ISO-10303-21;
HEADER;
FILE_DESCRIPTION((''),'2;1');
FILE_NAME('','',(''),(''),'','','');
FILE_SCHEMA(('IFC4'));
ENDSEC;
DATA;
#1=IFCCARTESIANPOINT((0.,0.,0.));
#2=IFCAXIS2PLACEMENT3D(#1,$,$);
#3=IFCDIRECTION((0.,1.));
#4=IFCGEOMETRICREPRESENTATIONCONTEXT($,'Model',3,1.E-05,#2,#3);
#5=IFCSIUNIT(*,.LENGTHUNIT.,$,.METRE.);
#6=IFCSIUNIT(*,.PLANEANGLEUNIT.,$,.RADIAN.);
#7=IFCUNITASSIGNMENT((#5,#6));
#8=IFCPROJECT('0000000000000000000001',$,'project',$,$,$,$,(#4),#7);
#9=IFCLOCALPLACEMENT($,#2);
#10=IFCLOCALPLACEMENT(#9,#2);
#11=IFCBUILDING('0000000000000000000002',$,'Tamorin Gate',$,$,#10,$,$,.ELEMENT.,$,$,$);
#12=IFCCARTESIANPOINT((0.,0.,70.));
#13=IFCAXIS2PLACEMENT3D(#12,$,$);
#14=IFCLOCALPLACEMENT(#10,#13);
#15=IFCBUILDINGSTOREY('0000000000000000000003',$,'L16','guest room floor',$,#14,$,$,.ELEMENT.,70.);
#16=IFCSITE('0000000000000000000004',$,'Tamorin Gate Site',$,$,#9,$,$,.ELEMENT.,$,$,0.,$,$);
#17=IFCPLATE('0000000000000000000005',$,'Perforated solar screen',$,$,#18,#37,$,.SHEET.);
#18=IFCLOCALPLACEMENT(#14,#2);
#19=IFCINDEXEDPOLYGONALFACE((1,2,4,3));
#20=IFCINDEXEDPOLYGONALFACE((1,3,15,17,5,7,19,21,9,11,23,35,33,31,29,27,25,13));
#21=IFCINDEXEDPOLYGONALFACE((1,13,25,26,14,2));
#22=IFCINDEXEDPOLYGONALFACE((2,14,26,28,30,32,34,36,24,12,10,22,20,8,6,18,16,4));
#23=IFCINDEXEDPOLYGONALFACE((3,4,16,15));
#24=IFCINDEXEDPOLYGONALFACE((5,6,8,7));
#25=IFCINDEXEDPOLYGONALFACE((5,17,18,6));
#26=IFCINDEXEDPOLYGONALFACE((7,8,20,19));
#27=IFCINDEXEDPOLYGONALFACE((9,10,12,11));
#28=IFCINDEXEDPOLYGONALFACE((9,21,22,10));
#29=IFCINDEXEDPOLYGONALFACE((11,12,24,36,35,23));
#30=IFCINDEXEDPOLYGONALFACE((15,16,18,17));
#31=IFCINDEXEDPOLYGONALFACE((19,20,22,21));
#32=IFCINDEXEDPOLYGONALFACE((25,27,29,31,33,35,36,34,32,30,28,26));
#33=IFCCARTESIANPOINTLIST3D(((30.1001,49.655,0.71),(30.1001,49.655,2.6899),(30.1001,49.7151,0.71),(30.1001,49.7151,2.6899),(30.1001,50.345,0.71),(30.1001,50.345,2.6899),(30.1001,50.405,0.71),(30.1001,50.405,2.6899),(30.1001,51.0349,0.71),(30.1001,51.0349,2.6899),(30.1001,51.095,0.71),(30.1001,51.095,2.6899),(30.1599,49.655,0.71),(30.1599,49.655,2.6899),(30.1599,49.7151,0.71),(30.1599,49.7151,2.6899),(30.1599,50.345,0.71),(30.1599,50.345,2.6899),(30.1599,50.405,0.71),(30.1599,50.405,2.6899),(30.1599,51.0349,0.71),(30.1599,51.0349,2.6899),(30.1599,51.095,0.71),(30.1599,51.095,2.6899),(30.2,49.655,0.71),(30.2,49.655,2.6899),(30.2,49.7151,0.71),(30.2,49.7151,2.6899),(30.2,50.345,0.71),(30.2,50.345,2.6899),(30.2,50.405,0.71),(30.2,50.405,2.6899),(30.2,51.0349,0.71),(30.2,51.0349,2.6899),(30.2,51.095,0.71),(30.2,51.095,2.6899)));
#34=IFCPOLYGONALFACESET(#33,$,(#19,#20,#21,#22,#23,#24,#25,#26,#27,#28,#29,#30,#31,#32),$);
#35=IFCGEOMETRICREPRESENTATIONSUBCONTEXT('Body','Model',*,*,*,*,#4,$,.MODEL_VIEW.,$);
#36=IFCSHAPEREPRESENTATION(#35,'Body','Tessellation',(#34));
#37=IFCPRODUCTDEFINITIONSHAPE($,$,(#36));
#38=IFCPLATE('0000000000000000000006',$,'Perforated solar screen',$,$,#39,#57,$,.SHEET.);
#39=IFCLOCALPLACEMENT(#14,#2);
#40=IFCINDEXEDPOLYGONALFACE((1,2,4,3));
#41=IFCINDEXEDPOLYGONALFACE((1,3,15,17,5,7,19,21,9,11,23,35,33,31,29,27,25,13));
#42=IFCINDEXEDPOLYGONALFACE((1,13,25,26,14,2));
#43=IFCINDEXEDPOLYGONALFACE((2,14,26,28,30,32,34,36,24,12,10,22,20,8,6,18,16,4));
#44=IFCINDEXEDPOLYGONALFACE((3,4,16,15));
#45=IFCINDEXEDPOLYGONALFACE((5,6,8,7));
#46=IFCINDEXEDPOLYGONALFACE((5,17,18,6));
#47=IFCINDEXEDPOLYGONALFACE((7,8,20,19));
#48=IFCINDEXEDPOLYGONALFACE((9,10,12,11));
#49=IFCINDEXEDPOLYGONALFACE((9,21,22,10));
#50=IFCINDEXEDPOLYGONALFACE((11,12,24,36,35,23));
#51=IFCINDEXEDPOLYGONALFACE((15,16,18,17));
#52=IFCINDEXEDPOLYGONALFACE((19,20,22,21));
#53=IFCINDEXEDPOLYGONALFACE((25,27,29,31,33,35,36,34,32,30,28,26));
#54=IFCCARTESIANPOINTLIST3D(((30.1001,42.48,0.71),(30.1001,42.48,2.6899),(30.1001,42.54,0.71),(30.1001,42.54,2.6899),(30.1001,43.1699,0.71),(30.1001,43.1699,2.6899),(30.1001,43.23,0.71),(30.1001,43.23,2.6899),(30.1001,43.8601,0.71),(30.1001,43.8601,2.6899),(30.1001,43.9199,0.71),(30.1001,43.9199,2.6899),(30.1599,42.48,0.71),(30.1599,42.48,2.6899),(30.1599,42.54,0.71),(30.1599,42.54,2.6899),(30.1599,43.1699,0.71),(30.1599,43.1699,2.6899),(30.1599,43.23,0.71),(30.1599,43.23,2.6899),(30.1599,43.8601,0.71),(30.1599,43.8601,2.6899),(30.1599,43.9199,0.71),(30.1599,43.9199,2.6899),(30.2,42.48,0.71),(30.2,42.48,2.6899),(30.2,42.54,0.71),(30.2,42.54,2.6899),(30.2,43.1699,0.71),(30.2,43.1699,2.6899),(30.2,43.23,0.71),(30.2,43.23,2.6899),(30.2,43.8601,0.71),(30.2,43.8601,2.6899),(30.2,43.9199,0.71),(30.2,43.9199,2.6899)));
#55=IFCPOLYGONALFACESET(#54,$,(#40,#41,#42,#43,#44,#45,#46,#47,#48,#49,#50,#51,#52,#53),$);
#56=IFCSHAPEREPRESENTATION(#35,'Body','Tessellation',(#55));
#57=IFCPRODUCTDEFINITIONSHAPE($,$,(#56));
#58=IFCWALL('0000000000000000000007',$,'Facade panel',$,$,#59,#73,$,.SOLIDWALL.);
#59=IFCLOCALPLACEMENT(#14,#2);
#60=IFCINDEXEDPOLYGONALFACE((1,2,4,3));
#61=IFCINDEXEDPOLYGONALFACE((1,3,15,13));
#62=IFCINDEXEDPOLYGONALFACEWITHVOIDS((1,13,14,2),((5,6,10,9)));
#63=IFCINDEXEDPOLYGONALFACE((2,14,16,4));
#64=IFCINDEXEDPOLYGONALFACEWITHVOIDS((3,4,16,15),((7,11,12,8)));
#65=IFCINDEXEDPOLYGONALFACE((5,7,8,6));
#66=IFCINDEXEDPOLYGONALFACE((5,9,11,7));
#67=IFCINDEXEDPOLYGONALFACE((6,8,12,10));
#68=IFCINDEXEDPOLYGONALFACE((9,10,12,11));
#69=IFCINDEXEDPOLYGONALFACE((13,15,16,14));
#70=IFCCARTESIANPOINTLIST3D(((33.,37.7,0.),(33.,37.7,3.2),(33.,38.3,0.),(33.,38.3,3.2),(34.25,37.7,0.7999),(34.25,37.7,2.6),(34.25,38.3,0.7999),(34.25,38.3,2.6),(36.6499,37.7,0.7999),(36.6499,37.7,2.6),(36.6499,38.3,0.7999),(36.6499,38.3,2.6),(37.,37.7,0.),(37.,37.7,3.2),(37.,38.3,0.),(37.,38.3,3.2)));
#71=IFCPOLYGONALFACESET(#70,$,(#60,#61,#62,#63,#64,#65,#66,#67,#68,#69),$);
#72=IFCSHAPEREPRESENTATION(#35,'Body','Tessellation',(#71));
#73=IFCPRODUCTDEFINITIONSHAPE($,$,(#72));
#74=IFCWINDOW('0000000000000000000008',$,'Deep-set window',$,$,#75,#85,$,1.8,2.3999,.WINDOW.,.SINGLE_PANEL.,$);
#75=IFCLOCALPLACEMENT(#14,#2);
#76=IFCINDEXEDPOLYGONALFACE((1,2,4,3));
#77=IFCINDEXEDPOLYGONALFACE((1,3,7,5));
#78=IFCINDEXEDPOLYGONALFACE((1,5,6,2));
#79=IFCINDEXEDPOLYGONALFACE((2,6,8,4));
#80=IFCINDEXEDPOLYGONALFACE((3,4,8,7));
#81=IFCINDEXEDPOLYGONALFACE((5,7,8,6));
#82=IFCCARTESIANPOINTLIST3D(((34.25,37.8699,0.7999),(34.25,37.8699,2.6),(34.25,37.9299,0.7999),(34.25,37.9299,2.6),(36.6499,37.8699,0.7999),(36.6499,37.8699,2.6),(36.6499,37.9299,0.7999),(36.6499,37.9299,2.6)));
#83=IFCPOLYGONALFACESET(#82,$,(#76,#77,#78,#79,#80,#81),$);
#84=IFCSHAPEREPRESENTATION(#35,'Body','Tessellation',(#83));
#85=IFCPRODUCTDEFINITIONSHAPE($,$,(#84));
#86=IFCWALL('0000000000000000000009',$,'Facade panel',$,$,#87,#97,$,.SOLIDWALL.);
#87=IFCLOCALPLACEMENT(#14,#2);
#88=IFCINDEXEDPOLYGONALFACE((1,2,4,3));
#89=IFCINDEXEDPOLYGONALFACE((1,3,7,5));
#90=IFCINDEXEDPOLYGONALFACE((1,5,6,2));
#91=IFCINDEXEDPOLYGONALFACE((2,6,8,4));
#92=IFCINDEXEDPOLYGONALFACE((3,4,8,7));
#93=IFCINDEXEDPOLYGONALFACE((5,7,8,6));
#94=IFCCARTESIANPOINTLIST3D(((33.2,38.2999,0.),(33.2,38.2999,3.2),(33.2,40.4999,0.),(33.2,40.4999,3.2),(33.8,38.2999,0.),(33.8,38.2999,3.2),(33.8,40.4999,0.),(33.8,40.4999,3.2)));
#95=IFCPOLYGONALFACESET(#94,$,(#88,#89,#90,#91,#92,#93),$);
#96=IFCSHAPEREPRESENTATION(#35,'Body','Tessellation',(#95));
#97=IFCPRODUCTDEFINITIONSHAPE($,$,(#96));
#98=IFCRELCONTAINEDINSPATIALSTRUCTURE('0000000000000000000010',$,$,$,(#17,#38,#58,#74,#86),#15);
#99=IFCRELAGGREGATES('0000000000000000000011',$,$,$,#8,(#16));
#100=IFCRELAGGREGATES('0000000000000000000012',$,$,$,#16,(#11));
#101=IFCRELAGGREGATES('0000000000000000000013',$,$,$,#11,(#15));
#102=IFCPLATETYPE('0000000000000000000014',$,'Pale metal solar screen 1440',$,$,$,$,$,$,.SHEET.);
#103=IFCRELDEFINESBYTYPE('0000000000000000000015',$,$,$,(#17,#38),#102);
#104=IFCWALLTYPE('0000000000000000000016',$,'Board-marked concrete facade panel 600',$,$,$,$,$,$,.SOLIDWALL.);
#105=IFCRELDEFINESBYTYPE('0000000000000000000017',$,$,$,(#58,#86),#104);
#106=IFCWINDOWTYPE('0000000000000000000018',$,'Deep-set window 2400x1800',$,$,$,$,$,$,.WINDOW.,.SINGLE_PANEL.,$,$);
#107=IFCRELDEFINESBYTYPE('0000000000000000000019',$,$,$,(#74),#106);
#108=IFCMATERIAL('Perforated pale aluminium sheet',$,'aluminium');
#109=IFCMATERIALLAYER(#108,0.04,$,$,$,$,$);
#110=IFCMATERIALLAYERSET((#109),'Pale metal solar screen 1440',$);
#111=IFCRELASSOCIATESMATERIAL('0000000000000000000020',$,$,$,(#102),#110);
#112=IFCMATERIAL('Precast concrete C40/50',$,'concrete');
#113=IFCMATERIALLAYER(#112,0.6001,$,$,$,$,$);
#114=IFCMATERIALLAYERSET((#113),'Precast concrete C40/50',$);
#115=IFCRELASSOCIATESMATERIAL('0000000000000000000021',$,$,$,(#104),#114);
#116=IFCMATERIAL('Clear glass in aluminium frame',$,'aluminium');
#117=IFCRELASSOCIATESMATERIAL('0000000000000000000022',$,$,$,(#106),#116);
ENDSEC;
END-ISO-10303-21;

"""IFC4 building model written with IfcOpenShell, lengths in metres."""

from ifc_helpers import new_model, si_unit, direction, frame, frame_2d, origin, place, context, subcontext, project, spatial, polyline, rectangle, outline, extrude, material, layer, layer_set, type_object, element, fill, save


model = new_model("IFC4")

# Units and contexts
model_context = context("Model", 3, precision=1e-05, world=origin(), true_north=direction((0.0, 1.0)))
body_context = subcontext(model_context, "Body", "Model", "MODEL_VIEW")
ifc_project = project(units=[si_unit("LENGTHUNIT", "METRE"), si_unit("PLANEANGLEUNIT", "RADIAN")], contexts=[model_context])

# Site, building, storey
site_placement = place(None, origin())
site = spatial("IfcSite", under=ifc_project, at=site_placement, Name="Tamorin Gate Site", CompositionType="ELEMENT", RefElevation=0.0)
building_placement = place(site_placement, origin())
building = spatial("IfcBuilding", under=site, at=building_placement, Name="Tamorin Gate", CompositionType="ELEMENT")
storey_placement = place(building_placement, frame((0.0, 0.0, 70.0)))
storey = spatial("IfcBuildingStorey", under=building, at=storey_placement, Name="L16", Description="guest room floor", CompositionType="ELEMENT", Elevation=70.0)

# Plates
ifc_material_1 = material(Name="Perforated pale aluminium sheet", Category="aluminium")
ifc_layer_1 = layer(ifc_material_1, 0.04)
ifc_layer_set_1 = layer_set([ifc_layer_1], Name="Pale metal solar screen 1440")
plate_type = type_object("IfcPlateType", Name="Pale metal solar screen 1440", PredefinedType="SHEET", material=ifc_layer_set_1)
plate_1_placement = place(storey_placement, frame((0.0, 0.0, 0.71)))
element("IfcPlate", 1, at=plate_1_placement, inside=storey, type_object=plate_type, Name="Perforated solar screen", PredefinedType="SHEET", context=body_context, shape_type="SweptSolid", body=[
    extrude(outline(polyline([(30.1599, 51.095), (30.2, 51.095), (30.2, 51.0349), (30.2, 50.405), (30.2, 50.345), (30.2, 49.7151), (30.2, 49.655), (30.1599, 49.655), (30.1001, 49.655), (30.1001, 49.7151), (30.1599, 49.7151), (30.1599, 50.345), (30.1001, 50.345), (30.1001, 50.405), (30.1599, 50.405), (30.1599, 51.0349), (30.1001, 51.0349), (30.1001, 51.095), (30.1599, 51.095)])), origin(), (0.0, 0.0, 1.0), 1.98),
])
plate_2_placement = place(storey_placement, frame((0.0, 0.0, 0.71)))
element("IfcPlate", 2, at=plate_2_placement, inside=storey, type_object=plate_type, Name="Perforated solar screen", PredefinedType="SHEET", context=body_context, shape_type="SweptSolid", body=[
    extrude(outline(polyline([(30.1599, 43.9199), (30.2, 43.9199), (30.2, 43.8601), (30.2, 43.23), (30.2, 43.1699), (30.2, 42.54), (30.2, 42.48), (30.1599, 42.48), (30.1001, 42.48), (30.1001, 42.54), (30.1599, 42.54), (30.1599, 43.1699), (30.1001, 43.1699), (30.1001, 43.23), (30.1599, 43.23), (30.1599, 43.8601), (30.1001, 43.8601), (30.1001, 43.9199), (30.1599, 43.9199)])), origin(), (0.0, 0.0, 1.0), 1.98),
])

# Wall, opening, window
ifc_material_2 = material(Name="Precast concrete C40/50", Category="concrete")
ifc_layer_2 = layer(ifc_material_2, 0.6001)
ifc_layer_set_2 = layer_set([ifc_layer_2], Name="Precast concrete C40/50")
wall_type = type_object("IfcWallType", Name="Board-marked concrete facade panel 600", PredefinedType="SOLIDWALL", material=ifc_layer_set_2)
wall_1_placement = place(storey_placement, frame((33.0, 38.0, 0.0), z_axis=(0.0, 0.0, 1.0), x_axis=(1.0, 0.0, 0.0)))
wall_1 = element("IfcWall", 3, at=wall_1_placement, inside=storey, type_object=wall_type, Name="Facade panel", PredefinedType="SOLIDWALL", context=body_context, shape_type="SweptSolid", body=[
    extrude(rectangle(XDim=4.0, YDim=0.6001, at=frame_2d((2.0, 0.0))), origin(), (0.0, 0.0, 1.0), 3.2),
])
opening_placement = place(wall_1_placement, frame((1.25, 0.0, 0.8)))
opening = element("IfcOpeningElement", 4, at=opening_placement, cuts=wall_1, PredefinedType="OPENING", context=body_context, shape_type="SweptSolid", body=[
    extrude(rectangle(XDim=2.3999, YDim=1.8, at=frame_2d((1.2, 0.8999))), frame((0.0, 0.3101, 0.0), z_axis=(0.0, -1.0, 0.0), x_axis=(1.0, 0.0, 0.0)), (0.0, 0.0, 1.0), 0.6201),
])
ifc_material_3 = material(Name="Clear glass in aluminium frame", Category="aluminium")
window_type = type_object("IfcWindowType", Name="Deep-set window 2400x1800", PartitioningType="SINGLE_PANEL", PredefinedType="WINDOW", material=ifc_material_3)
window_placement = place(opening_placement, origin())
window = element("IfcWindow", 5, at=window_placement, inside=storey, type_object=window_type, Name="Deep-set window", OverallHeight=1.8, OverallWidth=2.3999, PartitioningType="SINGLE_PANEL", PredefinedType="WINDOW", context=body_context, shape_type="SweptSolid", body=[
    extrude(rectangle(XDim=2.3999, YDim=1.8, at=frame_2d((1.2, 0.8999))), frame((0.0, -0.0701, 0.0), z_axis=(0.0, -1.0, 0.0), x_axis=(1.0, 0.0, 0.0)), (0.0, 0.0, 1.0), 0.0601),
])
fill(opening, window)

# Wall
wall_2_placement = place(storey_placement, frame((33.5, 40.5, 0.0), z_axis=(0.0, 0.0, 1.0), x_axis=(0.0, -1.0, 0.0)))
element("IfcWall", 6, at=wall_2_placement, inside=storey, type_object=wall_type, Name="Facade panel", PredefinedType="SOLIDWALL", context=body_context, shape_type="SweptSolid", body=[
    extrude(rectangle(XDim=2.2, YDim=0.6001, at=frame_2d((1.1001, 0.0))), origin(), (0.0, 0.0, 1.0), 3.2),
])

save(model, "model.ifc")
